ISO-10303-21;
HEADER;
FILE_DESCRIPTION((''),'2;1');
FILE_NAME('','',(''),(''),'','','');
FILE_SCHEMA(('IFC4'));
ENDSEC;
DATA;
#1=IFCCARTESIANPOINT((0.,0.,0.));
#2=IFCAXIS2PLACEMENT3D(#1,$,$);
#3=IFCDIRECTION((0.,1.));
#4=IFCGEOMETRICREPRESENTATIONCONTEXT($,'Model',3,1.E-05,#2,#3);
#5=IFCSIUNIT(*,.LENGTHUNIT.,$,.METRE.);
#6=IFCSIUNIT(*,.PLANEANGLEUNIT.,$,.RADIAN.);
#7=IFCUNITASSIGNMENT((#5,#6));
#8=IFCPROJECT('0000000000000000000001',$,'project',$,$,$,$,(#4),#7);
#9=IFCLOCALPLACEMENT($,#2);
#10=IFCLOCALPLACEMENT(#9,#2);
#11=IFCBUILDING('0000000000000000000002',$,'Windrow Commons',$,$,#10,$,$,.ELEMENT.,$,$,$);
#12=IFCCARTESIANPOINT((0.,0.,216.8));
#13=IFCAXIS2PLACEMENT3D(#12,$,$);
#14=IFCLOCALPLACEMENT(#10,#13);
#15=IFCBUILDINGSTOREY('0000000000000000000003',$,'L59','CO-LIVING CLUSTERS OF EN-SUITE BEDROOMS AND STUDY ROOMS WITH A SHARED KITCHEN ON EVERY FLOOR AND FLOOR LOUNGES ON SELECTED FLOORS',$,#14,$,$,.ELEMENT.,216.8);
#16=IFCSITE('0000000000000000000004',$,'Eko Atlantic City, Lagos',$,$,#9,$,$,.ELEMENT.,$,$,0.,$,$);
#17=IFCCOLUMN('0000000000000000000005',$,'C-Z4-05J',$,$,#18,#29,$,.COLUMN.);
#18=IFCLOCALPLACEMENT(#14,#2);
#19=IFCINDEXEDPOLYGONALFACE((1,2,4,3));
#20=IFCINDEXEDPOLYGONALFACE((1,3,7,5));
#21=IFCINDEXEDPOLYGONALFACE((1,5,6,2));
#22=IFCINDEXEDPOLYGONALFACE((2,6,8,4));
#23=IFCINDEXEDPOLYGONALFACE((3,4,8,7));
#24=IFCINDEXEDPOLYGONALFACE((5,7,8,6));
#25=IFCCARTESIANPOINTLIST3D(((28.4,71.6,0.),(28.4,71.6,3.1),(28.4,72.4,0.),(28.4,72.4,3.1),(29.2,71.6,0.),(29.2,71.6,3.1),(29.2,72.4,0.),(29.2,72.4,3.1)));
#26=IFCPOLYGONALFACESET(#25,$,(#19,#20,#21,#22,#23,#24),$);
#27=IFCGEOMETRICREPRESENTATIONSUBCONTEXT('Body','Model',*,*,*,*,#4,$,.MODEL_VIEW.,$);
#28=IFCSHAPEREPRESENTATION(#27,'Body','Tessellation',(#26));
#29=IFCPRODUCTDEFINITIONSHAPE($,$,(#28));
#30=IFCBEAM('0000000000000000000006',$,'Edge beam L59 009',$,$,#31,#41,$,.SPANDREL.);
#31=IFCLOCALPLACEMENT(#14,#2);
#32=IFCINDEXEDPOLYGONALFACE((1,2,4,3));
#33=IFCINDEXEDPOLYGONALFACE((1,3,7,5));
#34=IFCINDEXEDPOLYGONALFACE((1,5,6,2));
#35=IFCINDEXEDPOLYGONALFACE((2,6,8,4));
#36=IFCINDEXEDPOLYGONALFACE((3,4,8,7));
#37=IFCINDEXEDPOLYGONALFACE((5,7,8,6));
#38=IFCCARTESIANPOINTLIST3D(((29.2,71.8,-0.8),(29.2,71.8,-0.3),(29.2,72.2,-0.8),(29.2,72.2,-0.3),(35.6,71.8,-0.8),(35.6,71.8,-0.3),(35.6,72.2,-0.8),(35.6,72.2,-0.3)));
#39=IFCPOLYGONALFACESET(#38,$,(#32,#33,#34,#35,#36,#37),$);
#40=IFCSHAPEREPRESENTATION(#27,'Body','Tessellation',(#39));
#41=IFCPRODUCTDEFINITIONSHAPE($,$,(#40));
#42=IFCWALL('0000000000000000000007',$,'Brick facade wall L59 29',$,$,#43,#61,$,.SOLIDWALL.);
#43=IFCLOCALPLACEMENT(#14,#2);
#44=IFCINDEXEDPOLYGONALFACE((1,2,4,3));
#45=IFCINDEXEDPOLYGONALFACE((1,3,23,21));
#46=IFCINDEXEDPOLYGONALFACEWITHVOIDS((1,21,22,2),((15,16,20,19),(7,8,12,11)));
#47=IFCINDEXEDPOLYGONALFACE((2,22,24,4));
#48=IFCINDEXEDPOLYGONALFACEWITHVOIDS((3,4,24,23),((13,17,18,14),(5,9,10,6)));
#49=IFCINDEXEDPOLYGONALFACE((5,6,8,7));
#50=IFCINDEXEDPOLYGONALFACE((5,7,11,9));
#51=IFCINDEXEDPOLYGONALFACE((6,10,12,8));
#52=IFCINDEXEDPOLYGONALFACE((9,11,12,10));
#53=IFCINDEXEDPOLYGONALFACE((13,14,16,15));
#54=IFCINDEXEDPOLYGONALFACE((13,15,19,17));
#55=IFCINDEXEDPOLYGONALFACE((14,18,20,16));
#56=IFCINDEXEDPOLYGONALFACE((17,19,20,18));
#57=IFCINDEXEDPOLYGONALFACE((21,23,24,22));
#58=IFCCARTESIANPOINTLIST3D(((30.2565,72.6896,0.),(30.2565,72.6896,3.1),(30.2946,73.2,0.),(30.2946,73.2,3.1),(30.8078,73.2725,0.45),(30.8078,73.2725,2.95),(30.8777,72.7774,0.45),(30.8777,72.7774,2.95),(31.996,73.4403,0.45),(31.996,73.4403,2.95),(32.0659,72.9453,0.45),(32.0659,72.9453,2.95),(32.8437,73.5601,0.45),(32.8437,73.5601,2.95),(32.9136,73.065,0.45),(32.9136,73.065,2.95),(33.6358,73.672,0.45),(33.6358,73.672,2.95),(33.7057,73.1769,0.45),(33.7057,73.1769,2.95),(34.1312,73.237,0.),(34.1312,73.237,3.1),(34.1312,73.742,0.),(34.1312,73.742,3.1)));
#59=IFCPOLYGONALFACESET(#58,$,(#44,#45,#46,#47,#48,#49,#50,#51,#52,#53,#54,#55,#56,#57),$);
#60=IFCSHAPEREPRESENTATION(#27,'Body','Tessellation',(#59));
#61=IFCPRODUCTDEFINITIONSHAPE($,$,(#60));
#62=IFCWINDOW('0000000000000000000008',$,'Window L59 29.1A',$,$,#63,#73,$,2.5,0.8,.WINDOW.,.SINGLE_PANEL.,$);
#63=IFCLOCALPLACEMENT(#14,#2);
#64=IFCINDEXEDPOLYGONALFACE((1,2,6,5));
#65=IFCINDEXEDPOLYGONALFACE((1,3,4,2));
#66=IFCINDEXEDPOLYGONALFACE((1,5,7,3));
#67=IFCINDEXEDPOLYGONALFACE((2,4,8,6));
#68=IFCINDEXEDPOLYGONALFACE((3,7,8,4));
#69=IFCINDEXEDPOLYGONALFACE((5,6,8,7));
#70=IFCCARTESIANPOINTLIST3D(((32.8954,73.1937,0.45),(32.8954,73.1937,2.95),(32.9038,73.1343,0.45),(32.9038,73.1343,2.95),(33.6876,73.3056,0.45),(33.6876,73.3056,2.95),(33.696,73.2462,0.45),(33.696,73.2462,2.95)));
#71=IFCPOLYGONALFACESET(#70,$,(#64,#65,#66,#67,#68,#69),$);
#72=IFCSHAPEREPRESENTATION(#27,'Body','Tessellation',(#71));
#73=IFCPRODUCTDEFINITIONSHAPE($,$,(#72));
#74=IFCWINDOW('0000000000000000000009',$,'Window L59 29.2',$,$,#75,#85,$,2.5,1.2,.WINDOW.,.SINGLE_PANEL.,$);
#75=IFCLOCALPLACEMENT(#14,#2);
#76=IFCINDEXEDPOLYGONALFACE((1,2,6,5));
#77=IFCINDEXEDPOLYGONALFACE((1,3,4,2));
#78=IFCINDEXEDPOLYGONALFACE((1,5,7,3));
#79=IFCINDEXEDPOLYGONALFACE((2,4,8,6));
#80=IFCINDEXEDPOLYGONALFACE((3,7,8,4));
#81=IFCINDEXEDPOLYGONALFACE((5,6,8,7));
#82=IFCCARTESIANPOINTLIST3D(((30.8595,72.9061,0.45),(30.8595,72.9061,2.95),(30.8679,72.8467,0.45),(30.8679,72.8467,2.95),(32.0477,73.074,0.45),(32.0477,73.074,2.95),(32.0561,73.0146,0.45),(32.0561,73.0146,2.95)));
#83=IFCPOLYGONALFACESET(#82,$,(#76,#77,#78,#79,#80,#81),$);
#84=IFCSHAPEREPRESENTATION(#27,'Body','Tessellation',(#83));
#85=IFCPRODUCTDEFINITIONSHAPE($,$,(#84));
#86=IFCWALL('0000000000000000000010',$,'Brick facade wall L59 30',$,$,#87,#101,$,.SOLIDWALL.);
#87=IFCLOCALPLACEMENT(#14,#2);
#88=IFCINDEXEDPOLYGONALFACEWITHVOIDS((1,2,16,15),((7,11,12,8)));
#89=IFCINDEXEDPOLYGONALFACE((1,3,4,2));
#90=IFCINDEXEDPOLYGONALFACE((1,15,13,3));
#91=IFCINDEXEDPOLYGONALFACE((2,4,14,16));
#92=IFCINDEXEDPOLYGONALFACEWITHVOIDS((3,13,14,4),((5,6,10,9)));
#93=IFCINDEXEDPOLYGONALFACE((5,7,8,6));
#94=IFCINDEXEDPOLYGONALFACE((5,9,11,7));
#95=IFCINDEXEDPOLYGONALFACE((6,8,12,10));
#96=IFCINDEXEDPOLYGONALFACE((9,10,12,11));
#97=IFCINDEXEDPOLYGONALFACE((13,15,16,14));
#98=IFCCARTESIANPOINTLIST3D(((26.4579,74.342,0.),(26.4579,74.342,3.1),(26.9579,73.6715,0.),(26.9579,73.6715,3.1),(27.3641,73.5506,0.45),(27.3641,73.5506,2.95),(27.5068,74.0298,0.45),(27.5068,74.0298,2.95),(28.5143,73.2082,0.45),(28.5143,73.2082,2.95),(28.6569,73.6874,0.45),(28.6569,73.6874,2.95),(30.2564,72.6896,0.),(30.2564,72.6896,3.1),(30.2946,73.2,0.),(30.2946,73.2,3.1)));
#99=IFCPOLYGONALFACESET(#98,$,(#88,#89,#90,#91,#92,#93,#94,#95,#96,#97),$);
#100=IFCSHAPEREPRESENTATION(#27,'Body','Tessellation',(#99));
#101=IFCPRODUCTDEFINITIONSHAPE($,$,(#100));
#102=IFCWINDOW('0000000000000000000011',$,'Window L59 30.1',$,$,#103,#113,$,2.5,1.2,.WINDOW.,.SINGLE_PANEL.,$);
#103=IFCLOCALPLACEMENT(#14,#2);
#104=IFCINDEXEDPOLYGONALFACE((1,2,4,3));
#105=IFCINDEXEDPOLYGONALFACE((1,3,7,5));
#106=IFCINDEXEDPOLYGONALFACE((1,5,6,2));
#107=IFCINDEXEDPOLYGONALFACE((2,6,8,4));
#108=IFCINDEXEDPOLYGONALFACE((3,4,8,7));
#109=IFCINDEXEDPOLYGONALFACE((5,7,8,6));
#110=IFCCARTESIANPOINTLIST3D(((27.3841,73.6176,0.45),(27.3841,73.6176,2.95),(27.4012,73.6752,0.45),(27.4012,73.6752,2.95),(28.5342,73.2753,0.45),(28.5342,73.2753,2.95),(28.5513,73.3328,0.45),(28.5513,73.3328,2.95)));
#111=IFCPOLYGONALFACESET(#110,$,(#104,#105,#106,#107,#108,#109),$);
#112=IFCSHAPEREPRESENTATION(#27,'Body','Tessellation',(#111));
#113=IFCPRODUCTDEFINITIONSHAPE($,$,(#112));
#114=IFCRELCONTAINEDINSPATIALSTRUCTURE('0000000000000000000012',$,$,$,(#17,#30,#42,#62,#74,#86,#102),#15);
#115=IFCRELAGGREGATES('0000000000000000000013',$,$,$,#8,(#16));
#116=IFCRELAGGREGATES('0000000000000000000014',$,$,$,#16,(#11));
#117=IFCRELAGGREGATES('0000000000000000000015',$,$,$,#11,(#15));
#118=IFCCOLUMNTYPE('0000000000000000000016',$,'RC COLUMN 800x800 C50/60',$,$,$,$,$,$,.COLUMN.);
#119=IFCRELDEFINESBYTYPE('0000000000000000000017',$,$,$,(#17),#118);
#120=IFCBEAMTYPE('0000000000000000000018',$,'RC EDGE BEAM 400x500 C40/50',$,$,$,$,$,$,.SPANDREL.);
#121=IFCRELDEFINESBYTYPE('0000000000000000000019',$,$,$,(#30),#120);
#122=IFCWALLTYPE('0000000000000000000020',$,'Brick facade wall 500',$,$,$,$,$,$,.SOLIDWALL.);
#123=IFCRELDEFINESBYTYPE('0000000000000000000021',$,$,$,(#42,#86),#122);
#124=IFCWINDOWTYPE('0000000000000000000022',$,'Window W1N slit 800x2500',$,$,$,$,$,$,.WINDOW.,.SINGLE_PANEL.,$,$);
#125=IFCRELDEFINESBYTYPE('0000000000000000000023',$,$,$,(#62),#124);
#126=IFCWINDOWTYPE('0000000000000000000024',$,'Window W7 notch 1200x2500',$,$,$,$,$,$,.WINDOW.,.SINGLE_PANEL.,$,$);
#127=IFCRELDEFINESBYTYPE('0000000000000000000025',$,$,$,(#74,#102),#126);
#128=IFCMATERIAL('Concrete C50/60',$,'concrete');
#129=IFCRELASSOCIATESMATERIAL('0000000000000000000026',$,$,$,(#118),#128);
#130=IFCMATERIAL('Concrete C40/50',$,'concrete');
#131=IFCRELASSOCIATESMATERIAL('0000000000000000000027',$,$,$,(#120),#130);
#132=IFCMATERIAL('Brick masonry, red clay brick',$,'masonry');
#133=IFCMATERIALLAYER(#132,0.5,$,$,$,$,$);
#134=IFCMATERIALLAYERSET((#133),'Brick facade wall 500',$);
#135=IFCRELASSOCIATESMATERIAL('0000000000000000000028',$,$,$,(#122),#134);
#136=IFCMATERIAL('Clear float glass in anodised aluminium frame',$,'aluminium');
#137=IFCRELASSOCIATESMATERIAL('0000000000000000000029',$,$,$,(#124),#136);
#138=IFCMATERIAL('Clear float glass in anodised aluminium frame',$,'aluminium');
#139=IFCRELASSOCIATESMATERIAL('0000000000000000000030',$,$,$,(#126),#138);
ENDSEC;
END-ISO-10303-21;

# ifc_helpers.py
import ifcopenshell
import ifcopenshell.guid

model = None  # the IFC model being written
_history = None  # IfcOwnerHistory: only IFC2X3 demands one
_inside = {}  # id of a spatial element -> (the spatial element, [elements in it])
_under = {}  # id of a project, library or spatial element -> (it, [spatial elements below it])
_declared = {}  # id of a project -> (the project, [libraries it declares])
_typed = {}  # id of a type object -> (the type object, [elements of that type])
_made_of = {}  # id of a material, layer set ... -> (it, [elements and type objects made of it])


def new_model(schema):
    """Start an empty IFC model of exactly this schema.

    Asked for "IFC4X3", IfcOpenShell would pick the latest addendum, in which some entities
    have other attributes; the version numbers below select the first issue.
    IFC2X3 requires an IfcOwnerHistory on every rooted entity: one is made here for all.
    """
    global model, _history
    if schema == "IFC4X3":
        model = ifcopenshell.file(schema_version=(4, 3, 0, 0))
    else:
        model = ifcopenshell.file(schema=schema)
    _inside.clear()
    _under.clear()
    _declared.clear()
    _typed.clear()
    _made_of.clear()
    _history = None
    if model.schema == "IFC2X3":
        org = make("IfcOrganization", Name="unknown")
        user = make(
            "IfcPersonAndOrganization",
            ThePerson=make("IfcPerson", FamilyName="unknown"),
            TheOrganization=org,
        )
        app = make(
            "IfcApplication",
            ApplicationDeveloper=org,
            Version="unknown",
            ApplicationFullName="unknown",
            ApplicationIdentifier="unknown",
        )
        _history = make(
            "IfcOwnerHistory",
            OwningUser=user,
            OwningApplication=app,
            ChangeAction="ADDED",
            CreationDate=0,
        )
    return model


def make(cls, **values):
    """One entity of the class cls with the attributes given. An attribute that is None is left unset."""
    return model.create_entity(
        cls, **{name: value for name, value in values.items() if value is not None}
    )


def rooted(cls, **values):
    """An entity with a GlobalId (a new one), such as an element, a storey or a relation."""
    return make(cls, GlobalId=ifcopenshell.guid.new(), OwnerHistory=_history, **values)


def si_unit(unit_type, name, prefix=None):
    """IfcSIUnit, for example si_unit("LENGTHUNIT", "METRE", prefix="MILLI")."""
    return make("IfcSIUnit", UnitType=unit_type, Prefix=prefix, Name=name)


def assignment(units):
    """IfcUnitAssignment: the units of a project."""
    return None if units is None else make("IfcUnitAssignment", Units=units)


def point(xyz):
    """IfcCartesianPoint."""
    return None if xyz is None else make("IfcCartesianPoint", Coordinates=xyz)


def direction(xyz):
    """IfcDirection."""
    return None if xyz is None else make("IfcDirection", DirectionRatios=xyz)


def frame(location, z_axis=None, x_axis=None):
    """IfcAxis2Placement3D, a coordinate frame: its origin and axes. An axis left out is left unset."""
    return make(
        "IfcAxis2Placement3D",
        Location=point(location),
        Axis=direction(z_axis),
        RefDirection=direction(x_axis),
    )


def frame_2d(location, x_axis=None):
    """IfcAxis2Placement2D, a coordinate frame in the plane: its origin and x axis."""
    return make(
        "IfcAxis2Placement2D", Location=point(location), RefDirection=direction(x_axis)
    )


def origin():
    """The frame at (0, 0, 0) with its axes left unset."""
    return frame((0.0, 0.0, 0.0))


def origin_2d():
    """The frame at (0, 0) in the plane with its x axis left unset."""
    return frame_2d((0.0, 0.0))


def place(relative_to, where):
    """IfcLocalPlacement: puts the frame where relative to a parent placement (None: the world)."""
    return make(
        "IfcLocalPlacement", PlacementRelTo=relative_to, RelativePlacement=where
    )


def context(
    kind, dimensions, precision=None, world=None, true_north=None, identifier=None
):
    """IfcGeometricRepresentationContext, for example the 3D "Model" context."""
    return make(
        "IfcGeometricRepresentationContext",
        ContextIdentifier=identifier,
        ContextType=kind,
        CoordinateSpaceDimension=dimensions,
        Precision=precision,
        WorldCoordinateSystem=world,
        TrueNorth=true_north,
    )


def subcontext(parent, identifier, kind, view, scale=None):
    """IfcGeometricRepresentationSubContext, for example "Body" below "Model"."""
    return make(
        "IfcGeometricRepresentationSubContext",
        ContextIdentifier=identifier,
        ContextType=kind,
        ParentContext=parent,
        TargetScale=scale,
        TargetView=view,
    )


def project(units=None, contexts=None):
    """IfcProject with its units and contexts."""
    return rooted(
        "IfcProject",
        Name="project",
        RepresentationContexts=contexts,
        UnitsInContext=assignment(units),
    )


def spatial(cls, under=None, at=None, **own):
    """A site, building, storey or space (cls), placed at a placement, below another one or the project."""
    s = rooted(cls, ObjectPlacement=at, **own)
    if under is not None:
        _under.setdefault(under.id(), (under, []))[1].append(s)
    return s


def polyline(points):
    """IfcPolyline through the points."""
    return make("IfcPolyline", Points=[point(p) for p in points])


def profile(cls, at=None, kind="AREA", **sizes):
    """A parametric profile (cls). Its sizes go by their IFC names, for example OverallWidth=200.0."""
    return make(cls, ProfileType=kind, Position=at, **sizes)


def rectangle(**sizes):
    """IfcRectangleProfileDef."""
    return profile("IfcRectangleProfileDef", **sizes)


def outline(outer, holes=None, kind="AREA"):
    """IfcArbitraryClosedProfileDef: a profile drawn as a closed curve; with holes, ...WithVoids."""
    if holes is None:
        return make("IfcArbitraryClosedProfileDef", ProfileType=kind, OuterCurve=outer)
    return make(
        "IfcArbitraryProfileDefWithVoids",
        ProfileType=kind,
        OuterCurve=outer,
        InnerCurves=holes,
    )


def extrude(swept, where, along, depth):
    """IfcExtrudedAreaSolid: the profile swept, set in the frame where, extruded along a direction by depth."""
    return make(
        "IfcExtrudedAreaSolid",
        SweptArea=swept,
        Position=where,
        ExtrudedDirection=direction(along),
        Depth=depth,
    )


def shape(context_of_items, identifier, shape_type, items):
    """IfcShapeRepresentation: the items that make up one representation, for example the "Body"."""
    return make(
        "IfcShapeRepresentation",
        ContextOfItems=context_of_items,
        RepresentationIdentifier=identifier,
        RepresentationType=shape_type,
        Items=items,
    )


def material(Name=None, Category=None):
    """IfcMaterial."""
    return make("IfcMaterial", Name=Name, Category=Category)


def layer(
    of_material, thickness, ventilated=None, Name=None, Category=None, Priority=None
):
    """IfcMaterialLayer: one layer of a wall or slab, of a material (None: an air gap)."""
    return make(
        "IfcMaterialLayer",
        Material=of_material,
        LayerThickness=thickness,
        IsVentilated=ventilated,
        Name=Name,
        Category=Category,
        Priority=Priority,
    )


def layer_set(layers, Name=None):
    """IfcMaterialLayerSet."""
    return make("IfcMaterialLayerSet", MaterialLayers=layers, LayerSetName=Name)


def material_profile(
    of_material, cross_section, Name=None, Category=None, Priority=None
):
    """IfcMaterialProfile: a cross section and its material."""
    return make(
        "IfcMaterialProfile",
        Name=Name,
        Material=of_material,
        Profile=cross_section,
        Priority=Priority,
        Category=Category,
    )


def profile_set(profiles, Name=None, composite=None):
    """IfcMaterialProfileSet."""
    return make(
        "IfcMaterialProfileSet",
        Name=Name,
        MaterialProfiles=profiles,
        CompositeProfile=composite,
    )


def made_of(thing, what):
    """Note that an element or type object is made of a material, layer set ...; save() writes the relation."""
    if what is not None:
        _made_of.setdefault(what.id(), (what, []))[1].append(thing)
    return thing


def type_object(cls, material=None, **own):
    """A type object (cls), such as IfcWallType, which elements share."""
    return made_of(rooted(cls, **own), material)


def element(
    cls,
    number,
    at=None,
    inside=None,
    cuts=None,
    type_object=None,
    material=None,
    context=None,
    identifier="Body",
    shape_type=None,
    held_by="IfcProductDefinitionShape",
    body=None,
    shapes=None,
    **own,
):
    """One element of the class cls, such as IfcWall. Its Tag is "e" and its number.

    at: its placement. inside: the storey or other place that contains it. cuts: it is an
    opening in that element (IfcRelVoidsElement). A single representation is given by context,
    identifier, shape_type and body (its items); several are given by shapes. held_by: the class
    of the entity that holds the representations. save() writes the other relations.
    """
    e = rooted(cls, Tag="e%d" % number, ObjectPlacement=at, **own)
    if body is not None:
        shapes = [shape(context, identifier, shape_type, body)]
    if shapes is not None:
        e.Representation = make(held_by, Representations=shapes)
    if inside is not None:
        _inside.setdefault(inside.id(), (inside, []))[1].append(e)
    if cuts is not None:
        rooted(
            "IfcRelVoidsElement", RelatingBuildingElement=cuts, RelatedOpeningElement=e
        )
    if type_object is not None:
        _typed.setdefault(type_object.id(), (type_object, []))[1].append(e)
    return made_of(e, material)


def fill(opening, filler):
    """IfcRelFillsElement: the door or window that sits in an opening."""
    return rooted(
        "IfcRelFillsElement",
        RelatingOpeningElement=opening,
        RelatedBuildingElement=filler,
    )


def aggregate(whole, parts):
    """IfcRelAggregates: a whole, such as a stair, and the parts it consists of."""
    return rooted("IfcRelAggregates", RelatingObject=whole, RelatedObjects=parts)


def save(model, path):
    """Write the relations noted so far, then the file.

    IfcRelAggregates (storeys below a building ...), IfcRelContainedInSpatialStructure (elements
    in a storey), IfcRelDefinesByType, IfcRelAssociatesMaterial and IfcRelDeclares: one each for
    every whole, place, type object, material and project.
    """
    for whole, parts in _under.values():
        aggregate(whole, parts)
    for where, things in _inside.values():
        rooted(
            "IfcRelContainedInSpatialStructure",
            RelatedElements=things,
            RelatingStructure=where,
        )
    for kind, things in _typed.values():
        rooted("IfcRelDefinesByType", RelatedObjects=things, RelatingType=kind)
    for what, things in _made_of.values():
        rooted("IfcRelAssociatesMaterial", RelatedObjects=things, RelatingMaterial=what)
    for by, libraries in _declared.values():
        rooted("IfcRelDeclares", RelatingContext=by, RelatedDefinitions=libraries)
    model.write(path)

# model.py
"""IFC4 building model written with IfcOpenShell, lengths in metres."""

from ifc_helpers import new_model, si_unit, direction, frame, frame_2d, origin, origin_2d, place, context, subcontext, project, spatial, polyline, rectangle, outline, extrude, material, layer, layer_set, material_profile, profile_set, type_object, element, fill, save


model = new_model("IFC4")

# Units and contexts
model_context = context("Model", 3, precision=1e-05, world=origin(), true_north=direction((0.0, 1.0)))
body_context = subcontext(model_context, "Body", "Model", "MODEL_VIEW")
ifc_project = project(units=[si_unit("LENGTHUNIT", "METRE"), si_unit("PLANEANGLEUNIT", "RADIAN")], contexts=[model_context])

# Site, building, storey
site_placement = place(None, origin())
site = spatial("IfcSite", under=ifc_project, at=site_placement, Name="Eko Atlantic City, Lagos", CompositionType="ELEMENT", RefElevation=0.0)
building_placement = place(site_placement, origin())
building = spatial("IfcBuilding", under=site, at=building_placement, Name="Windrow Commons", CompositionType="ELEMENT")
storey_placement = place(building_placement, frame((0.0, 0.0, 216.8)))
storey = spatial("IfcBuildingStorey", under=building, at=storey_placement, Name="L59", Description="CO-LIVING CLUSTERS OF EN-SUITE BEDROOMS AND STUDY ROOMS WITH A SHARED KITCHEN ON EVERY FLOOR AND FLOOR LOUNGES ON SELECTED FLOORS", CompositionType="ELEMENT", Elevation=216.8)

# Column
ifc_material_1 = material(Name="Concrete C50/60", Category="concrete")
ifc_material_profile_1 = material_profile(ifc_material_1, rectangle(XDim=0.8, YDim=0.8, at=origin_2d()))
ifc_profile_set_1 = profile_set([ifc_material_profile_1], Name="Concrete C50/60")
column_type = type_object("IfcColumnType", Name="RC COLUMN 800x800 C50/60", PredefinedType="COLUMN", material=ifc_profile_set_1)
column_placement = place(storey_placement, frame((28.8, 72.0, 0.0), z_axis=(0.0, 0.0, 1.0), x_axis=(1.0, 0.0, 0.0)))
element("IfcColumn", 1, at=column_placement, inside=storey, type_object=column_type, Name="C-Z4-05J", PredefinedType="COLUMN", context=body_context, shape_type="SweptSolid", body=[
    extrude(rectangle(XDim=0.8, YDim=0.8, at=origin_2d()), origin(), (0.0, 0.0, 1.0), 3.1),
])

# Beam
ifc_material_2 = material(Name="Concrete C40/50", Category="concrete")
ifc_material_profile_2 = material_profile(ifc_material_2, rectangle(XDim=0.4, YDim=0.5, at=origin_2d()))
ifc_profile_set_2 = profile_set([ifc_material_profile_2], Name="Concrete C40/50")
beam_type = type_object("IfcBeamType", Name="RC EDGE BEAM 400x500 C40/50", PredefinedType="SPANDREL", material=ifc_profile_set_2)
beam_placement = place(storey_placement, frame((29.2, 72.0, -0.55), z_axis=(1.0, 0.0, 0.0), x_axis=(0.0, 1.0, 0.0)))
element("IfcBeam", 2, at=beam_placement, inside=storey, type_object=beam_type, Name="Edge beam L59 009", PredefinedType="SPANDREL", context=body_context, shape_type="SweptSolid", body=[
    extrude(rectangle(XDim=0.4, YDim=0.5, at=origin_2d()), origin(), (0.0, 0.0, 1.0), 6.4),
])

# Wall, openings, windows
ifc_material_3 = material(Name="Brick masonry, red clay brick", Category="masonry")
ifc_layer_1 = layer(ifc_material_3, 0.5)
ifc_layer_set_1 = layer_set([ifc_layer_1], Name="Brick facade wall 500")
wall_type_1 = type_object("IfcWallType", Name="Brick facade wall 500", PredefinedType="SOLIDWALL", material=ifc_layer_set_1)
wall_1_placement = place(storey_placement, frame((34.1312, 73.4895, 0.0), z_axis=(0.0, 0.0, 1.0), x_axis=(-0.990168, -0.139882, 0.0)))
wall_1 = element("IfcWall", 3, at=wall_1_placement, inside=storey, type_object=wall_type_1, Name="Brick facade wall L59 29", PredefinedType="SOLIDWALL", context=body_context, shape_type="SweptSolid", body=[
    extrude(outline(polyline([(-0.0353, -0.25), (3.8394, -0.25), (3.9485, 0.25), (0.0353, 0.25), (-0.0353, -0.25)])), origin(), (0.0, 0.0, 1.0), 3.1),
])
opening_1_placement = place(wall_1_placement, frame((2.1211, 0.0, 0.45)))
opening_1 = element("IfcOpeningElement", 4, at=opening_1_placement, cuts=wall_1, PredefinedType="OPENING", context=body_context, shape_type="SweptSolid", body=[
    extrude(rectangle(XDim=1.2, YDim=2.5, at=frame_2d((0.6, 1.25))), frame((0.0, 0.26, 0.0), z_axis=(0.0, -1.0, 0.0), x_axis=(1.0, 0.0, 0.0)), (0.0, 0.0, 1.0), 0.52),
])
opening_2_placement = place(wall_1_placement, frame((0.465, 0.0, 0.45)))
opening_2 = element("IfcOpeningElement", 5, at=opening_2_placement, cuts=wall_1, PredefinedType="OPENING", context=body_context, shape_type="SweptSolid", body=[
    extrude(rectangle(XDim=0.8, YDim=2.5, at=frame_2d((0.4, 1.25))), frame((0.0, 0.26, 0.0), z_axis=(0.0, -1.0, 0.0), x_axis=(1.0, 0.0, 0.0)), (0.0, 0.0, 1.0), 0.52),
])
ifc_material_4 = material(Name="Clear float glass in anodised aluminium frame", Category="aluminium")
window_type_1 = type_object("IfcWindowType", Name="Window W1N slit 800x2500", PartitioningType="SINGLE_PANEL", PredefinedType="WINDOW", material=ifc_material_4)
window_1_placement = place(opening_2_placement, origin())
window_1 = element("IfcWindow", 6, at=window_1_placement, inside=storey, type_object=window_type_1, Name="Window L59 29.1A", OverallHeight=2.5, OverallWidth=0.8, PartitioningType="SINGLE_PANEL", PredefinedType="WINDOW", context=body_context, shape_type="SweptSolid", body=[
    extrude(rectangle(XDim=0.8, YDim=2.5, at=frame_2d((0.4, 1.25))), frame((0.0, 0.18, 0.0), z_axis=(0.0, -1.0, 0.0), x_axis=(1.0, 0.0, 0.0)), (0.0, 0.0, 1.0), 0.06),
])
fill(opening_2, window_1)
ifc_material_5 = material(Name="Clear float glass in anodised aluminium frame", Category="aluminium")
window_type_2 = type_object("IfcWindowType", Name="Window W7 notch 1200x2500", PartitioningType="SINGLE_PANEL", PredefinedType="WINDOW", material=ifc_material_5)
window_2_placement = place(opening_1_placement, origin())
window_2 = element("IfcWindow", 7, at=window_2_placement, inside=storey, type_object=window_type_2, Name="Window L59 29.2", OverallHeight=2.5, OverallWidth=1.2, PartitioningType="SINGLE_PANEL", PredefinedType="WINDOW", context=body_context, shape_type="SweptSolid", body=[
    extrude(rectangle(XDim=1.2, YDim=2.5, at=frame_2d((0.6, 1.25))), frame((0.0, 0.18, 0.0), z_axis=(0.0, -1.0, 0.0), x_axis=(1.0, 0.0, 0.0)), (0.0, 0.0, 1.0), 0.06),
])
fill(opening_1, window_2)

# Wall, opening, window
wall_2_placement = place(storey_placement, frame((30.2755, 72.9448, 0.0), z_axis=(0.0, 0.0, 1.0), x_axis=(-0.958441, 0.285289, 0.0)))
wall_2 = element("IfcWall", 8, at=wall_2_placement, inside=storey, type_object=wall_type_1, Name="Brick facade wall L59 30", PredefinedType="SOLIDWALL", context=body_context, shape_type="SweptSolid", body=[
    extrude(outline(polyline([(0.0545, -0.25), (4.0575, -0.25), (3.387, 0.25), (-0.0545, 0.25), (0.0545, -0.25)])), origin(), (0.0, 0.0, 1.0), 3.1),
])
opening_3_placement = place(wall_2_placement, frame((1.7632, 0.0, 0.45)))
opening_3 = element("IfcOpeningElement", 9, at=opening_3_placement, cuts=wall_2, PredefinedType="OPENING", context=body_context, shape_type="SweptSolid", body=[
    extrude(rectangle(XDim=1.2, YDim=2.5, at=frame_2d((0.6, 1.25))), frame((0.0, 0.26, 0.0), z_axis=(0.0, -1.0, 0.0), x_axis=(1.0, 0.0, 0.0)), (0.0, 0.0, 1.0), 0.52),
])
window_3_placement = place(opening_3_placement, origin())
window_3 = element("IfcWindow", 10, at=window_3_placement, inside=storey, type_object=window_type_2, Name="Window L59 30.1", OverallHeight=2.5, OverallWidth=1.2, PartitioningType="SINGLE_PANEL", PredefinedType="WINDOW", context=body_context, shape_type="SweptSolid", body=[
    extrude(rectangle(XDim=1.2, YDim=2.5, at=frame_2d((0.6, 1.25))), frame((0.0, 0.18, 0.0), z_axis=(0.0, -1.0, 0.0), x_axis=(1.0, 0.0, 0.0)), (0.0, 0.0, 1.0), 0.06),
])
fill(opening_3, window_3)

save(model, "model.ifc")
